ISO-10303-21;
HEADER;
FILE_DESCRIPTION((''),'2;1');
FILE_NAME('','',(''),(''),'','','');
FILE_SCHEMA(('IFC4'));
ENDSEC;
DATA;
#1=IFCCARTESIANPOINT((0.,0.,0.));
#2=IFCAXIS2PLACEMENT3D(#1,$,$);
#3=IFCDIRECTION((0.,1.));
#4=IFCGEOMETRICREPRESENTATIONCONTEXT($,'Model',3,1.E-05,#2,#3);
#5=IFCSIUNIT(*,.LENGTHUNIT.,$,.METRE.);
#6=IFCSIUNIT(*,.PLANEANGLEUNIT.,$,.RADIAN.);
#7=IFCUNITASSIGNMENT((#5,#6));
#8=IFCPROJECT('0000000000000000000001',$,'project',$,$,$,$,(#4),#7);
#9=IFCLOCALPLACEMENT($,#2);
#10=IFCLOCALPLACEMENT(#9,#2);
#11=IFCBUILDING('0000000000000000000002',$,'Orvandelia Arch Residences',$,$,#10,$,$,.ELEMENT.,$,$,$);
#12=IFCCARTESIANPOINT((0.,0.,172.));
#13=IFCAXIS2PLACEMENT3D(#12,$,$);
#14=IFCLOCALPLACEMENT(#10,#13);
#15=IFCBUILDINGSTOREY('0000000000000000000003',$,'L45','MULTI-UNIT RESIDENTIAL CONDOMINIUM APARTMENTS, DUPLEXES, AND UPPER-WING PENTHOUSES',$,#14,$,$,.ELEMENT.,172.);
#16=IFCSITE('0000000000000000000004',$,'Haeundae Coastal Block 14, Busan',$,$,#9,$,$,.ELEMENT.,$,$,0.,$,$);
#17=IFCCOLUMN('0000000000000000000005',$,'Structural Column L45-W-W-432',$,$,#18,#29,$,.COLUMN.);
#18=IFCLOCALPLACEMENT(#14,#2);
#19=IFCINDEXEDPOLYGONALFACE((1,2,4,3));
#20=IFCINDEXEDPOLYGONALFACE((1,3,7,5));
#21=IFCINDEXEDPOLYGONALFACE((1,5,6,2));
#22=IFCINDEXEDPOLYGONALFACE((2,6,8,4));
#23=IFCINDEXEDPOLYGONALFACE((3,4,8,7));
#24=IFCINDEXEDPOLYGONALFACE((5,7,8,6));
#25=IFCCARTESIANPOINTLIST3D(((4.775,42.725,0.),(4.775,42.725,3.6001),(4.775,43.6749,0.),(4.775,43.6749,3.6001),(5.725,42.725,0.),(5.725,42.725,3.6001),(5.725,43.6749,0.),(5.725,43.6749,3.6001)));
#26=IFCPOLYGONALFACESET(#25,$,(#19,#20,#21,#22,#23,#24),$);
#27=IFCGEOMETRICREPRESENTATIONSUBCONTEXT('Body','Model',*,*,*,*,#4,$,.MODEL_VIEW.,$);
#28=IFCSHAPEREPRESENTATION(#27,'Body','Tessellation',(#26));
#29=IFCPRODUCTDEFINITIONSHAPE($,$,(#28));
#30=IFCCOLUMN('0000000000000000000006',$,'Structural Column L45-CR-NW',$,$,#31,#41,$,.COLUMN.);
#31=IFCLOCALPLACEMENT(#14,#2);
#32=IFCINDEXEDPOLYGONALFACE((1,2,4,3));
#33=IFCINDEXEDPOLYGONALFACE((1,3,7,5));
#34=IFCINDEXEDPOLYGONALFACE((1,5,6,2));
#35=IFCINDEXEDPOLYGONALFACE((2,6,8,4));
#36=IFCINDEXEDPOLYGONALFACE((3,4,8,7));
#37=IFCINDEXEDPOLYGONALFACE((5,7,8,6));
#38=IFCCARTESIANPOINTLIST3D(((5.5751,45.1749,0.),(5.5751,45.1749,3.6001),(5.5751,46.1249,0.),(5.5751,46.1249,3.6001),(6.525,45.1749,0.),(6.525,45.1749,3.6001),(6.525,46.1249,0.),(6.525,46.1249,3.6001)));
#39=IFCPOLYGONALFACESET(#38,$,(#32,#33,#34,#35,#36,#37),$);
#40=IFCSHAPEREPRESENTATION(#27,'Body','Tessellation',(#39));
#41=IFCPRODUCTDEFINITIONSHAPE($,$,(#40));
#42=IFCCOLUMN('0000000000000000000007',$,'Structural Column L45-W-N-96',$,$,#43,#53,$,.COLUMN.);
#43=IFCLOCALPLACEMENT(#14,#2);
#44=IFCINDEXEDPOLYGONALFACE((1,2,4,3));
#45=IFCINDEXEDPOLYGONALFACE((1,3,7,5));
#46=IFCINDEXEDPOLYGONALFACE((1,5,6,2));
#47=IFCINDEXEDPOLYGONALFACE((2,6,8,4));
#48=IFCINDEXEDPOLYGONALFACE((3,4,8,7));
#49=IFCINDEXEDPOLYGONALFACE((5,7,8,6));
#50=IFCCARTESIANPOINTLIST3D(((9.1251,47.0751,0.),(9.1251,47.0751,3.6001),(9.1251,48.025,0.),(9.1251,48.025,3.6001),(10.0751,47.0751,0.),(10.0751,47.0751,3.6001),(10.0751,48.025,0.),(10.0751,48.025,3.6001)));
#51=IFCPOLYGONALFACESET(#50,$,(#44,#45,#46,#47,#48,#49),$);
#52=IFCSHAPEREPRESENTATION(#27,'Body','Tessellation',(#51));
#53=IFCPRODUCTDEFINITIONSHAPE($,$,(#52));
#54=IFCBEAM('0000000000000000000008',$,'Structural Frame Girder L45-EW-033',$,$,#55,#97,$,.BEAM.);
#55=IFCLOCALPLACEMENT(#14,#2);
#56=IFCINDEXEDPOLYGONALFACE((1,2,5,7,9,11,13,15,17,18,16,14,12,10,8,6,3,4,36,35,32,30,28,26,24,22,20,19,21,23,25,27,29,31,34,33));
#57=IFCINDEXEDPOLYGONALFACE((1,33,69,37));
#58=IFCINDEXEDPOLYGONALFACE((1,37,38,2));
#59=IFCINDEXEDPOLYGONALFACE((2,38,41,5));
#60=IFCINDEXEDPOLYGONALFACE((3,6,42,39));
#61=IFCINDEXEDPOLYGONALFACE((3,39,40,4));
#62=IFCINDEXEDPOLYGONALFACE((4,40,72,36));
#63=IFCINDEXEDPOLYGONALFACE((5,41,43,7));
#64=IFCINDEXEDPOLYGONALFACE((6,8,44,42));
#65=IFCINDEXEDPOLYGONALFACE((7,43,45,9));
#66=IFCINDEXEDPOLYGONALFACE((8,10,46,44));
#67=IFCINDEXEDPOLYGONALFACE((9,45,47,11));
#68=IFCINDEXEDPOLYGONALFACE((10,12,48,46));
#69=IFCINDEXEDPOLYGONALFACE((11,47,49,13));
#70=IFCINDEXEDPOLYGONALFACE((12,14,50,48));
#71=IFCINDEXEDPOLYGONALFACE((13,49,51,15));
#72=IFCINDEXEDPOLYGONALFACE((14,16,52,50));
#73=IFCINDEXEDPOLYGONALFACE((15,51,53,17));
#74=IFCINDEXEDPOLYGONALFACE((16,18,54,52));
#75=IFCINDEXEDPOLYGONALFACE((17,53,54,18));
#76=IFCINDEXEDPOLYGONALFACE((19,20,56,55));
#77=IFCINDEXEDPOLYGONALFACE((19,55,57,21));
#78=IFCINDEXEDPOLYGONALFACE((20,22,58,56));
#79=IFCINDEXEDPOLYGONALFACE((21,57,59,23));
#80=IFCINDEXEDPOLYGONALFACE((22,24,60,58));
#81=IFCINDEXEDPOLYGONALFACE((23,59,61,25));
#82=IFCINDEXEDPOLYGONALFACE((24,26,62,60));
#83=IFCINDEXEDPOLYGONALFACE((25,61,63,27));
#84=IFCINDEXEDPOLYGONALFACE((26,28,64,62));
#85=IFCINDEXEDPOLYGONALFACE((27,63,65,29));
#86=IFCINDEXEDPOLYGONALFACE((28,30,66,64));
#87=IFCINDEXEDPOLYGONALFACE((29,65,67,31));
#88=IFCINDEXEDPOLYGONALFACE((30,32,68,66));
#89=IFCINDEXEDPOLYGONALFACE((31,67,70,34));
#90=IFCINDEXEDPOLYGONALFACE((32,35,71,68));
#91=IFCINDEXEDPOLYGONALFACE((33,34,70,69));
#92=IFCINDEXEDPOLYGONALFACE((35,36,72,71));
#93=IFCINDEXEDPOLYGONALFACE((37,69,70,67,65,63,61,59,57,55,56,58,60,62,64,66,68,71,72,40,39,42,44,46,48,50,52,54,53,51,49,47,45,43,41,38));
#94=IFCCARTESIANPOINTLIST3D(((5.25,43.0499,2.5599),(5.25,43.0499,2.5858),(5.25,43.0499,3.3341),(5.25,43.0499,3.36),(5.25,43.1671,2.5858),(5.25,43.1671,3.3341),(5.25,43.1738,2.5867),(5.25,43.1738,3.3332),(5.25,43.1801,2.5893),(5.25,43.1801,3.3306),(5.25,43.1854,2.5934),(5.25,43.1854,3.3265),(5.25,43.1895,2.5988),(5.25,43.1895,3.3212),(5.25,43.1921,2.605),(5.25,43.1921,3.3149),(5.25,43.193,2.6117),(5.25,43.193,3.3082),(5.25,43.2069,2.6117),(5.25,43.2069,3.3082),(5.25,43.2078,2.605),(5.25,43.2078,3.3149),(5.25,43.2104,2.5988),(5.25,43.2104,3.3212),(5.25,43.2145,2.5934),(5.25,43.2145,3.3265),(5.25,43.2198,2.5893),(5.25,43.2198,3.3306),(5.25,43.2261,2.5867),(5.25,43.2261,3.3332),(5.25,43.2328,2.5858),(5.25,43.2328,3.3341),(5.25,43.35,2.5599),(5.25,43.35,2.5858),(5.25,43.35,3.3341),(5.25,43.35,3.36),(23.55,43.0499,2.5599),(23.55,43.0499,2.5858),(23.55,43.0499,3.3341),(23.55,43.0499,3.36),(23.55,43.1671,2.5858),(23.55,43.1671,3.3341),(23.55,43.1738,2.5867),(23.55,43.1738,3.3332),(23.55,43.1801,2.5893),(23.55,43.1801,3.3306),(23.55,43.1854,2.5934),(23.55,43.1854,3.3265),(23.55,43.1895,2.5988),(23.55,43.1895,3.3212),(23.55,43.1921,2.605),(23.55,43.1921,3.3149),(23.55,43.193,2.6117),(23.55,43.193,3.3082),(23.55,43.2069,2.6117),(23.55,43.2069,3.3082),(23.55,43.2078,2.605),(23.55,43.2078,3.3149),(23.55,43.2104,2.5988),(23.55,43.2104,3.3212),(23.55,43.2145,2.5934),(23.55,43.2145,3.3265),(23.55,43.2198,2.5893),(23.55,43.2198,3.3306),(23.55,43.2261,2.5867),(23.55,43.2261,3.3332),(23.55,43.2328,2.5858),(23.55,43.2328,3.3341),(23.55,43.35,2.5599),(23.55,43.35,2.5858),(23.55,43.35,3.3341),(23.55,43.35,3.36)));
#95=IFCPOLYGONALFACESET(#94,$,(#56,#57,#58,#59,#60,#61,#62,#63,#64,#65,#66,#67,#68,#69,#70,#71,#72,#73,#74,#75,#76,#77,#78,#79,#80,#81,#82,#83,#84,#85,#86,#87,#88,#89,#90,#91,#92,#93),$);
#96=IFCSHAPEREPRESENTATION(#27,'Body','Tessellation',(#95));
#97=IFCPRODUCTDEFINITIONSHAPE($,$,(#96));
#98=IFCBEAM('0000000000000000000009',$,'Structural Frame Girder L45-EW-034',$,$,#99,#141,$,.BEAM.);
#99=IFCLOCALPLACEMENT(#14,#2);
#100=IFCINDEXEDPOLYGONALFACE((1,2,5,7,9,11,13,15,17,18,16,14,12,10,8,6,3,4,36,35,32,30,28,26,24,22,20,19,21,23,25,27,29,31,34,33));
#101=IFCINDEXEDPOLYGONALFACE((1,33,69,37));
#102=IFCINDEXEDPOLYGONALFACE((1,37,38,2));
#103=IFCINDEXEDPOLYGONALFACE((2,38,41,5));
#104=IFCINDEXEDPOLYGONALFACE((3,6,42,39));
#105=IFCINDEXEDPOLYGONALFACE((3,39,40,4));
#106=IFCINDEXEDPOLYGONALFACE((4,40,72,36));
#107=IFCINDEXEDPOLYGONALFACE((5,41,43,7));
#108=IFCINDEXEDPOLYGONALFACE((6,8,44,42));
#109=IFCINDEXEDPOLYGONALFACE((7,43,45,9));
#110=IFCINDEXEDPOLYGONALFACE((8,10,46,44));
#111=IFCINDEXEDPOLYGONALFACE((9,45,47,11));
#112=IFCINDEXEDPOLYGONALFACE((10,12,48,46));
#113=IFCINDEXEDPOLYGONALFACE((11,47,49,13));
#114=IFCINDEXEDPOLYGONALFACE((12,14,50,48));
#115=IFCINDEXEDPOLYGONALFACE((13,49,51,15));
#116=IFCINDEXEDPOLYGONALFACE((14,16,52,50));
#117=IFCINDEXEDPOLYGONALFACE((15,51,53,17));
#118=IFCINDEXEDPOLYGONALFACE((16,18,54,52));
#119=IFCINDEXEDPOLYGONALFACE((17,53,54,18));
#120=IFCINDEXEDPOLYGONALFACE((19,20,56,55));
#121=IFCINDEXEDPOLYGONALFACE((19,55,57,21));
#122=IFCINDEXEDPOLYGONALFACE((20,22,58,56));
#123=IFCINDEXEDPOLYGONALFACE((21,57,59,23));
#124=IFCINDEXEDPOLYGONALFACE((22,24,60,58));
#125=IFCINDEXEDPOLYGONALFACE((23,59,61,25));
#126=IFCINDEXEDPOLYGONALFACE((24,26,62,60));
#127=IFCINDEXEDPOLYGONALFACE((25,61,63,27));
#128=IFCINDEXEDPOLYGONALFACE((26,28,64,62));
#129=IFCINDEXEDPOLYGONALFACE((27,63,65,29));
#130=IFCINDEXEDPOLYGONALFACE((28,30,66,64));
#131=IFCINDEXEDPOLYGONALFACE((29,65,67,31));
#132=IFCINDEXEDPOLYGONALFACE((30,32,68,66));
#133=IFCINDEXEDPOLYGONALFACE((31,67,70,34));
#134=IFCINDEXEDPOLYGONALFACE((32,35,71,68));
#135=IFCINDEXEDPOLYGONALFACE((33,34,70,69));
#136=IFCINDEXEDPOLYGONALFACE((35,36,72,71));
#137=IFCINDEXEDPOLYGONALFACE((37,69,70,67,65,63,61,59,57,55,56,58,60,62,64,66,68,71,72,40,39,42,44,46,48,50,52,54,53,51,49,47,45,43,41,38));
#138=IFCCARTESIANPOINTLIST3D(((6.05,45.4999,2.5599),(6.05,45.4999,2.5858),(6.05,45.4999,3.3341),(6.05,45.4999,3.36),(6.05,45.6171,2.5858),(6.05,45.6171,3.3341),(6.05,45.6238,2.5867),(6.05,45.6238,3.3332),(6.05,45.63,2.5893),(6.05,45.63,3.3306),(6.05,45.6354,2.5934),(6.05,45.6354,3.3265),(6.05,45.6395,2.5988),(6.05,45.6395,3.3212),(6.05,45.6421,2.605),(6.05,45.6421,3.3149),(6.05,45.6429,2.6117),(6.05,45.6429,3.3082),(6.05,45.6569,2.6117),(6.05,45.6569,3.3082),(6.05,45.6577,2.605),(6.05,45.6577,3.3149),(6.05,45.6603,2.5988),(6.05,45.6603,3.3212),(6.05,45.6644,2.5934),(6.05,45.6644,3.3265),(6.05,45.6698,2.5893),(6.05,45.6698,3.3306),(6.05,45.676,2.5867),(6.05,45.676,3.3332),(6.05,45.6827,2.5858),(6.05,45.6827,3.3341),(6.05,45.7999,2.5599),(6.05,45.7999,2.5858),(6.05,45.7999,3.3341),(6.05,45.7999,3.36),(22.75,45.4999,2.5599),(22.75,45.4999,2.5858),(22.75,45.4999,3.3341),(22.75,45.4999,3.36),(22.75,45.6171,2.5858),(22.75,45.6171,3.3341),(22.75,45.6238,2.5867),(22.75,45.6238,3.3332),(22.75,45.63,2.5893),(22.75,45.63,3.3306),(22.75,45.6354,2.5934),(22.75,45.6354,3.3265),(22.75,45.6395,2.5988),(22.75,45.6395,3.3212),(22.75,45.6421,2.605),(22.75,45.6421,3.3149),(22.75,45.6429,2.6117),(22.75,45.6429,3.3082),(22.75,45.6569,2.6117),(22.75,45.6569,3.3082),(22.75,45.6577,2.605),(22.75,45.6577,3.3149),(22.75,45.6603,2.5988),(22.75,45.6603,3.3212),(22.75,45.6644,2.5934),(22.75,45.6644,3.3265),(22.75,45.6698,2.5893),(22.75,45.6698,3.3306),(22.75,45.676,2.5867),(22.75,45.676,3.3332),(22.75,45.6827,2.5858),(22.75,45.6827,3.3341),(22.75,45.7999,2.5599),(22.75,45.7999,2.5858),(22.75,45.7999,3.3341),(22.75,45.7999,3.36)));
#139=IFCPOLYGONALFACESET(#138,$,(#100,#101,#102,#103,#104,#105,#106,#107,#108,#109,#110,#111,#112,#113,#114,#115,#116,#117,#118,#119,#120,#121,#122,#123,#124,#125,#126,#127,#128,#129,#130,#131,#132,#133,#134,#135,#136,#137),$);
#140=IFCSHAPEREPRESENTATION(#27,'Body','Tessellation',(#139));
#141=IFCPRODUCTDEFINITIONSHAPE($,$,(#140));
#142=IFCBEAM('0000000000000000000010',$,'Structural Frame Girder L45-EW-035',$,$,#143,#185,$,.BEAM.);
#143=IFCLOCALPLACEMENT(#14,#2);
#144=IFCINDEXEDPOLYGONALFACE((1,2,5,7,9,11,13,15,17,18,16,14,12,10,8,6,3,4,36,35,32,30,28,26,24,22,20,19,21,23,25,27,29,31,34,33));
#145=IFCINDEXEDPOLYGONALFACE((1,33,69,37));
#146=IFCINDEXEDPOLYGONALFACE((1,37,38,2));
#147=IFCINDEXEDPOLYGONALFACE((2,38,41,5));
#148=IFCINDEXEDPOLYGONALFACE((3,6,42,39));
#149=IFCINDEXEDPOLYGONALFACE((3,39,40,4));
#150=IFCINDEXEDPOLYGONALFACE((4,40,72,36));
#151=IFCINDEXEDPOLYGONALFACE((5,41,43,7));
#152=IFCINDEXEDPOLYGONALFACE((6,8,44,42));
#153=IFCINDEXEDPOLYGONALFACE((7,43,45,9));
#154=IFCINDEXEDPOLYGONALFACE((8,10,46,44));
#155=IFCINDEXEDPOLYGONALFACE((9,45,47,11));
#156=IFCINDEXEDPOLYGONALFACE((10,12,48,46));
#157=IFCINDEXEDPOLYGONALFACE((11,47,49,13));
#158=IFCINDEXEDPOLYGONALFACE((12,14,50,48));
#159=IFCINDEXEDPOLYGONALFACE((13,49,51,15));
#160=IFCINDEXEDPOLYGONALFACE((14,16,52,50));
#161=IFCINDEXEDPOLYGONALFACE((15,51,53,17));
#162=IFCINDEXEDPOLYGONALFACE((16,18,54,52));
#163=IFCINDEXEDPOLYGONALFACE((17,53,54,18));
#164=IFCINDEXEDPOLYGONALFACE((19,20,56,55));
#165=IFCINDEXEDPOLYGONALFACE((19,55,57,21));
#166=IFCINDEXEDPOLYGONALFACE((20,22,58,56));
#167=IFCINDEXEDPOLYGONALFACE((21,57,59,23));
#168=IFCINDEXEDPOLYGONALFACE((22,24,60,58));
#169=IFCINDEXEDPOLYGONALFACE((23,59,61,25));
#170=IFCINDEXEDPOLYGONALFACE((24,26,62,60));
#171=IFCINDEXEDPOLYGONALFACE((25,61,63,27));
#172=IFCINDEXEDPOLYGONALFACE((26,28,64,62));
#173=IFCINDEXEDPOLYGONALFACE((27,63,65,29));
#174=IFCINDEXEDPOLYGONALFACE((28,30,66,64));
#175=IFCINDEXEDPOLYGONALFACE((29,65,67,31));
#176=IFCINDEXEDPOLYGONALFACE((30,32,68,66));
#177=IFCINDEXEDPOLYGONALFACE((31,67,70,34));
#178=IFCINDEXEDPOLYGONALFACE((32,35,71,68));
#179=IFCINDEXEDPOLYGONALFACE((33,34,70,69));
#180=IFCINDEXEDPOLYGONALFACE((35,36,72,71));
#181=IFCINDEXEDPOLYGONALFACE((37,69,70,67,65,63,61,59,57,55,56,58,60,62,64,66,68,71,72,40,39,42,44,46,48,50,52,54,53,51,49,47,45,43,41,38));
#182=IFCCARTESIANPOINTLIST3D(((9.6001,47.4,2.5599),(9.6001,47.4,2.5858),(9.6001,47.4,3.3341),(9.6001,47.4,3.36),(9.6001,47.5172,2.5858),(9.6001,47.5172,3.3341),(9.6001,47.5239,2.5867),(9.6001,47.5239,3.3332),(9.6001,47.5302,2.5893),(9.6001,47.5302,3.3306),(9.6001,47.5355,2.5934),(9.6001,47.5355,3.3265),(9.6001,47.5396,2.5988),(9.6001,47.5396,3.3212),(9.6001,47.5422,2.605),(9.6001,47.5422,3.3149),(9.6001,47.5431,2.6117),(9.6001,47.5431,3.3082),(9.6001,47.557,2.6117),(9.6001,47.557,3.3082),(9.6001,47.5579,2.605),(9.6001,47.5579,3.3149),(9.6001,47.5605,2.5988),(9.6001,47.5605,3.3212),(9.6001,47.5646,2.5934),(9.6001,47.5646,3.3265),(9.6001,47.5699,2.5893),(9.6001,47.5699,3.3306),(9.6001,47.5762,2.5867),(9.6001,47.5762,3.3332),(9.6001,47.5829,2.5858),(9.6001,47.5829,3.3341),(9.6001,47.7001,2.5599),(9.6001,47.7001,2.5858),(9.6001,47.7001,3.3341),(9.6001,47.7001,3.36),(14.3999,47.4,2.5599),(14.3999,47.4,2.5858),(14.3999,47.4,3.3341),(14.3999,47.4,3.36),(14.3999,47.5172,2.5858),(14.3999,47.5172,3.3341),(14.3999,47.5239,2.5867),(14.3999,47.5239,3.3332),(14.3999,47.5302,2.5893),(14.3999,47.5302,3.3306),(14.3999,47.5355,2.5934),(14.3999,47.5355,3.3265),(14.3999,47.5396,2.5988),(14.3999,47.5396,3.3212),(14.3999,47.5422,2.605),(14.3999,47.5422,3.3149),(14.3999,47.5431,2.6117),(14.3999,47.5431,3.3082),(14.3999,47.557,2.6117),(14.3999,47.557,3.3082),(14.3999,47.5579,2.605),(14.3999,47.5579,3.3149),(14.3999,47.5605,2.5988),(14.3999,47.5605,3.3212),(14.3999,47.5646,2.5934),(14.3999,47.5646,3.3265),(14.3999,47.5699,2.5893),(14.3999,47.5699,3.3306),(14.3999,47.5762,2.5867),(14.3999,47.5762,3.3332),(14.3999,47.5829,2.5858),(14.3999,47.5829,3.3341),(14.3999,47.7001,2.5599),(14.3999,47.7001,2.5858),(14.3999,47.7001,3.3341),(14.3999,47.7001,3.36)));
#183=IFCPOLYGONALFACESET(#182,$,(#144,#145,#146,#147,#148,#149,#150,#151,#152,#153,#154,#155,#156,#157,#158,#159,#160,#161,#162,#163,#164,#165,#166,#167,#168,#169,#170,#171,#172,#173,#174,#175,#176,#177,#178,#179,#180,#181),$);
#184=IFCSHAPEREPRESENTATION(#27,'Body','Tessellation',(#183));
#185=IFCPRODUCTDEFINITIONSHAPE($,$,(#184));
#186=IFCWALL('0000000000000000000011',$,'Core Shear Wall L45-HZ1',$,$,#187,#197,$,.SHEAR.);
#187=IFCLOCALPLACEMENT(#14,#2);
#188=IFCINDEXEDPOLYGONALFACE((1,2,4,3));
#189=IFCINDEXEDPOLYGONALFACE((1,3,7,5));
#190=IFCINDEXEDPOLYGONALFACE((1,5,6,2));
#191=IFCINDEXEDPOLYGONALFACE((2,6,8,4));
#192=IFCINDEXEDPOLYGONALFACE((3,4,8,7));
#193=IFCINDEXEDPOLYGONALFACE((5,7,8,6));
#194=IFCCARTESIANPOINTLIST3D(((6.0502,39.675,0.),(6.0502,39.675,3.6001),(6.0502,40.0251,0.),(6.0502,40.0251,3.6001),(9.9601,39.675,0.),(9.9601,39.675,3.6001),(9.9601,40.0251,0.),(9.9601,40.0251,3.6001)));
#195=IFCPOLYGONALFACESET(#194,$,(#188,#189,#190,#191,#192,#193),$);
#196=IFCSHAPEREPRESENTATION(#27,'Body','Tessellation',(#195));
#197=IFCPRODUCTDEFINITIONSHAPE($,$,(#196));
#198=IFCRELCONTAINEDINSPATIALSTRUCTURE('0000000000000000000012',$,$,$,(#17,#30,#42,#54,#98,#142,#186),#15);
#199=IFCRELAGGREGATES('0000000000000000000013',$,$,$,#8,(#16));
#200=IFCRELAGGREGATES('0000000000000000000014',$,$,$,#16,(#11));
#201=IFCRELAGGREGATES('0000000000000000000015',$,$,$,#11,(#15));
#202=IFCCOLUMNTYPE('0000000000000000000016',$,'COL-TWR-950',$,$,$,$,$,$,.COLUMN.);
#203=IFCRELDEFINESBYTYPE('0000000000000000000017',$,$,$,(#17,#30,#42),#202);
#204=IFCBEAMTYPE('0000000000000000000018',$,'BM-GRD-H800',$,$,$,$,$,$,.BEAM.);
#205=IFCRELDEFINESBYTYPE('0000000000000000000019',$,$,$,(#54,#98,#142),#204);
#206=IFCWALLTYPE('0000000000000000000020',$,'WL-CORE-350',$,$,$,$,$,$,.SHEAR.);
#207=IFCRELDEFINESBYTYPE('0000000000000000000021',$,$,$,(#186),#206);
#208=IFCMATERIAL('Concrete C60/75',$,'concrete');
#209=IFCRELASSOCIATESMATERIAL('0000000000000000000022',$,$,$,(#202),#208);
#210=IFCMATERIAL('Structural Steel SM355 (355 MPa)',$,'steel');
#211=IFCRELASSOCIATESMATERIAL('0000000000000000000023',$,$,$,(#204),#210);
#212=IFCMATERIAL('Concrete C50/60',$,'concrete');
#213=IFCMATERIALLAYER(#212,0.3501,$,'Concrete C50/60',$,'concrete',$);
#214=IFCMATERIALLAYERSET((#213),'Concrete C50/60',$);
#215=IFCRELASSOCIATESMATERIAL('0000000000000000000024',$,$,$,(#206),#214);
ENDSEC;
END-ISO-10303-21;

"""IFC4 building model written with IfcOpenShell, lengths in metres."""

from ifc_helpers import new_model, si_unit, direction, frame, frame_2d, origin, origin_2d, place, context, subcontext, project, spatial, rectangle, i_section, extrude, material, layer, layer_set, material_profile, profile_set, type_object, element, save


model = new_model("IFC4")

# Units and contexts
model_context = context("Model", 3, precision=1e-05, world=origin(), true_north=direction((0.0, 1.0)))
body_context = subcontext(model_context, "Body", "Model", "MODEL_VIEW")
ifc_project = project(units=[si_unit("LENGTHUNIT", "METRE"), si_unit("PLANEANGLEUNIT", "RADIAN")], contexts=[model_context])

# Site, building, storey
site_placement = place(None, origin())
site = spatial("IfcSite", under=ifc_project, at=site_placement, Name="Haeundae Coastal Block 14, Busan", CompositionType="ELEMENT", RefElevation=0.0)
building_placement = place(site_placement, origin())
building = spatial("IfcBuilding", under=site, at=building_placement, Name="Orvandelia Arch Residences", CompositionType="ELEMENT")
storey_placement = place(building_placement, frame((0.0, 0.0, 172.0)))
storey = spatial("IfcBuildingStorey", under=building, at=storey_placement, Name="L45", Description="MULTI-UNIT RESIDENTIAL CONDOMINIUM APARTMENTS, DUPLEXES, AND UPPER-WING PENTHOUSES", CompositionType="ELEMENT", Elevation=172.0)

# Columns
ifc_material_1 = material(Name="Concrete C60/75", Category="concrete")
ifc_material_profile_1 = material_profile(ifc_material_1, rectangle(XDim=0.95, YDim=0.95, at=origin_2d()), Name="Concrete C60/75", Category="concrete")
ifc_profile_set_1 = profile_set([ifc_material_profile_1], Name="Concrete C60/75")
column_type = type_object("IfcColumnType", Name="COL-TWR-950", PredefinedType="COLUMN", material=ifc_profile_set_1)
for number, where, z_axis, x_axis, name in (
    (1, (5.25, 43.2, 0.0), (0.0, 0.0, 1.0), (1.0, 0.0, 0.0), "Structural Column L45-W-W-432"),
    (2, (6.05, 45.6499, 0.0), (0.0, 0.0, 1.0), (1.0, 0.0, 0.0), "Structural Column L45-CR-NW"),
    (3, (9.6001, 47.55, 0.0), (0.0, 0.0, 1.0), (1.0, 0.0, 0.0), "Structural Column L45-W-N-96"),
):
    element("IfcColumn", number, at=place(storey_placement, frame(where, z_axis=z_axis, x_axis=x_axis)), inside=storey, type_object=column_type, Name=name, PredefinedType="COLUMN", context=body_context, shape_type="SweptSolid", body=[
        extrude(rectangle(XDim=0.95, YDim=0.95, at=origin_2d()), origin(), (0.0, 0.0, 1.0), 3.6001),
    ])

# Beams
ifc_material_2 = material(Name="Structural Steel SM355 (355 MPa)", Category="steel")
ifc_material_profile_2 = material_profile(ifc_material_2, i_section(OverallWidth=0.3, OverallDepth=0.8, WebThickness=0.0139, FlangeThickness=0.0259, FilletRadius=0.0259, at=origin_2d()), Name="Structural Steel SM355 (355 MPa)", Category="steel")
ifc_profile_set_2 = profile_set([ifc_material_profile_2], Name="Structural Steel SM355 (355 MPa)")
beam_type = type_object("IfcBeamType", Name="BM-GRD-H800", PredefinedType="BEAM", material=ifc_profile_set_2)
beam_1_placement = place(storey_placement, frame((5.25, 43.2, 2.96), z_axis=(1.0, 0.0, 0.0), x_axis=(0.0, 1.0, 0.0)))
element("IfcBeam", 4, at=beam_1_placement, inside=storey, type_object=beam_type, Name="Structural Frame Girder L45-EW-033", PredefinedType="BEAM", context=body_context, shape_type="SweptSolid", body=[
    extrude(i_section(OverallWidth=0.3, OverallDepth=0.8, WebThickness=0.0139, FlangeThickness=0.0259, FilletRadius=0.0259, at=origin_2d()), origin(), (0.0, 0.0, 1.0), 18.3),
])
beam_2_placement = place(storey_placement, frame((6.05, 45.6499, 2.96), z_axis=(1.0, 0.0, 0.0), x_axis=(0.0, 1.0, 0.0)))
element("IfcBeam", 5, at=beam_2_placement, inside=storey, type_object=beam_type, Name="Structural Frame Girder L45-EW-034", PredefinedType="BEAM", context=body_context, shape_type="SweptSolid", body=[
    extrude(i_section(OverallWidth=0.3, OverallDepth=0.8, WebThickness=0.0139, FlangeThickness=0.0259, FilletRadius=0.0259, at=origin_2d()), origin(), (0.0, 0.0, 1.0), 16.7),
])
beam_3_placement = place(storey_placement, frame((9.6001, 47.55, 2.96), z_axis=(1.0, 0.0, 0.0), x_axis=(0.0, 1.0, 0.0)))
element("IfcBeam", 6, at=beam_3_placement, inside=storey, type_object=beam_type, Name="Structural Frame Girder L45-EW-035", PredefinedType="BEAM", context=body_context, shape_type="SweptSolid", body=[
    extrude(i_section(OverallWidth=0.3, OverallDepth=0.8, WebThickness=0.0139, FlangeThickness=0.0259, FilletRadius=0.0259, at=origin_2d()), origin(), (0.0, 0.0, 1.0), 4.7998),
])

# Wall
ifc_material_3 = material(Name="Concrete C50/60", Category="concrete")
ifc_layer_1 = layer(ifc_material_3, 0.3501, Name="Concrete C50/60", Category="concrete")
ifc_layer_set_1 = layer_set([ifc_layer_1], Name="Concrete C50/60")
wall_type_1 = type_object("IfcWallType", Name="WL-CORE-350", PredefinedType="SHEAR", material=ifc_layer_set_1)
wall_1_placement = place(storey_placement, frame((6.05, 39.8501, 0.0), z_axis=(0.0, 0.0, 1.0), x_axis=(1.0, 0.0, 0.0)))
element("IfcWall", 7, at=wall_1_placement, inside=storey, type_object=wall_type_1, Name="Core Shear Wall L45-HZ1", PredefinedType="SHEAR", context=body_context, shape_type="SweptSolid", body=[
    extrude(rectangle(XDim=3.9099, YDim=0.3501, at=frame_2d((1.9551, 0.0))), origin(), (0.0, 0.0, 1.0), 3.6001),
])

save(model, "model.ifc")
